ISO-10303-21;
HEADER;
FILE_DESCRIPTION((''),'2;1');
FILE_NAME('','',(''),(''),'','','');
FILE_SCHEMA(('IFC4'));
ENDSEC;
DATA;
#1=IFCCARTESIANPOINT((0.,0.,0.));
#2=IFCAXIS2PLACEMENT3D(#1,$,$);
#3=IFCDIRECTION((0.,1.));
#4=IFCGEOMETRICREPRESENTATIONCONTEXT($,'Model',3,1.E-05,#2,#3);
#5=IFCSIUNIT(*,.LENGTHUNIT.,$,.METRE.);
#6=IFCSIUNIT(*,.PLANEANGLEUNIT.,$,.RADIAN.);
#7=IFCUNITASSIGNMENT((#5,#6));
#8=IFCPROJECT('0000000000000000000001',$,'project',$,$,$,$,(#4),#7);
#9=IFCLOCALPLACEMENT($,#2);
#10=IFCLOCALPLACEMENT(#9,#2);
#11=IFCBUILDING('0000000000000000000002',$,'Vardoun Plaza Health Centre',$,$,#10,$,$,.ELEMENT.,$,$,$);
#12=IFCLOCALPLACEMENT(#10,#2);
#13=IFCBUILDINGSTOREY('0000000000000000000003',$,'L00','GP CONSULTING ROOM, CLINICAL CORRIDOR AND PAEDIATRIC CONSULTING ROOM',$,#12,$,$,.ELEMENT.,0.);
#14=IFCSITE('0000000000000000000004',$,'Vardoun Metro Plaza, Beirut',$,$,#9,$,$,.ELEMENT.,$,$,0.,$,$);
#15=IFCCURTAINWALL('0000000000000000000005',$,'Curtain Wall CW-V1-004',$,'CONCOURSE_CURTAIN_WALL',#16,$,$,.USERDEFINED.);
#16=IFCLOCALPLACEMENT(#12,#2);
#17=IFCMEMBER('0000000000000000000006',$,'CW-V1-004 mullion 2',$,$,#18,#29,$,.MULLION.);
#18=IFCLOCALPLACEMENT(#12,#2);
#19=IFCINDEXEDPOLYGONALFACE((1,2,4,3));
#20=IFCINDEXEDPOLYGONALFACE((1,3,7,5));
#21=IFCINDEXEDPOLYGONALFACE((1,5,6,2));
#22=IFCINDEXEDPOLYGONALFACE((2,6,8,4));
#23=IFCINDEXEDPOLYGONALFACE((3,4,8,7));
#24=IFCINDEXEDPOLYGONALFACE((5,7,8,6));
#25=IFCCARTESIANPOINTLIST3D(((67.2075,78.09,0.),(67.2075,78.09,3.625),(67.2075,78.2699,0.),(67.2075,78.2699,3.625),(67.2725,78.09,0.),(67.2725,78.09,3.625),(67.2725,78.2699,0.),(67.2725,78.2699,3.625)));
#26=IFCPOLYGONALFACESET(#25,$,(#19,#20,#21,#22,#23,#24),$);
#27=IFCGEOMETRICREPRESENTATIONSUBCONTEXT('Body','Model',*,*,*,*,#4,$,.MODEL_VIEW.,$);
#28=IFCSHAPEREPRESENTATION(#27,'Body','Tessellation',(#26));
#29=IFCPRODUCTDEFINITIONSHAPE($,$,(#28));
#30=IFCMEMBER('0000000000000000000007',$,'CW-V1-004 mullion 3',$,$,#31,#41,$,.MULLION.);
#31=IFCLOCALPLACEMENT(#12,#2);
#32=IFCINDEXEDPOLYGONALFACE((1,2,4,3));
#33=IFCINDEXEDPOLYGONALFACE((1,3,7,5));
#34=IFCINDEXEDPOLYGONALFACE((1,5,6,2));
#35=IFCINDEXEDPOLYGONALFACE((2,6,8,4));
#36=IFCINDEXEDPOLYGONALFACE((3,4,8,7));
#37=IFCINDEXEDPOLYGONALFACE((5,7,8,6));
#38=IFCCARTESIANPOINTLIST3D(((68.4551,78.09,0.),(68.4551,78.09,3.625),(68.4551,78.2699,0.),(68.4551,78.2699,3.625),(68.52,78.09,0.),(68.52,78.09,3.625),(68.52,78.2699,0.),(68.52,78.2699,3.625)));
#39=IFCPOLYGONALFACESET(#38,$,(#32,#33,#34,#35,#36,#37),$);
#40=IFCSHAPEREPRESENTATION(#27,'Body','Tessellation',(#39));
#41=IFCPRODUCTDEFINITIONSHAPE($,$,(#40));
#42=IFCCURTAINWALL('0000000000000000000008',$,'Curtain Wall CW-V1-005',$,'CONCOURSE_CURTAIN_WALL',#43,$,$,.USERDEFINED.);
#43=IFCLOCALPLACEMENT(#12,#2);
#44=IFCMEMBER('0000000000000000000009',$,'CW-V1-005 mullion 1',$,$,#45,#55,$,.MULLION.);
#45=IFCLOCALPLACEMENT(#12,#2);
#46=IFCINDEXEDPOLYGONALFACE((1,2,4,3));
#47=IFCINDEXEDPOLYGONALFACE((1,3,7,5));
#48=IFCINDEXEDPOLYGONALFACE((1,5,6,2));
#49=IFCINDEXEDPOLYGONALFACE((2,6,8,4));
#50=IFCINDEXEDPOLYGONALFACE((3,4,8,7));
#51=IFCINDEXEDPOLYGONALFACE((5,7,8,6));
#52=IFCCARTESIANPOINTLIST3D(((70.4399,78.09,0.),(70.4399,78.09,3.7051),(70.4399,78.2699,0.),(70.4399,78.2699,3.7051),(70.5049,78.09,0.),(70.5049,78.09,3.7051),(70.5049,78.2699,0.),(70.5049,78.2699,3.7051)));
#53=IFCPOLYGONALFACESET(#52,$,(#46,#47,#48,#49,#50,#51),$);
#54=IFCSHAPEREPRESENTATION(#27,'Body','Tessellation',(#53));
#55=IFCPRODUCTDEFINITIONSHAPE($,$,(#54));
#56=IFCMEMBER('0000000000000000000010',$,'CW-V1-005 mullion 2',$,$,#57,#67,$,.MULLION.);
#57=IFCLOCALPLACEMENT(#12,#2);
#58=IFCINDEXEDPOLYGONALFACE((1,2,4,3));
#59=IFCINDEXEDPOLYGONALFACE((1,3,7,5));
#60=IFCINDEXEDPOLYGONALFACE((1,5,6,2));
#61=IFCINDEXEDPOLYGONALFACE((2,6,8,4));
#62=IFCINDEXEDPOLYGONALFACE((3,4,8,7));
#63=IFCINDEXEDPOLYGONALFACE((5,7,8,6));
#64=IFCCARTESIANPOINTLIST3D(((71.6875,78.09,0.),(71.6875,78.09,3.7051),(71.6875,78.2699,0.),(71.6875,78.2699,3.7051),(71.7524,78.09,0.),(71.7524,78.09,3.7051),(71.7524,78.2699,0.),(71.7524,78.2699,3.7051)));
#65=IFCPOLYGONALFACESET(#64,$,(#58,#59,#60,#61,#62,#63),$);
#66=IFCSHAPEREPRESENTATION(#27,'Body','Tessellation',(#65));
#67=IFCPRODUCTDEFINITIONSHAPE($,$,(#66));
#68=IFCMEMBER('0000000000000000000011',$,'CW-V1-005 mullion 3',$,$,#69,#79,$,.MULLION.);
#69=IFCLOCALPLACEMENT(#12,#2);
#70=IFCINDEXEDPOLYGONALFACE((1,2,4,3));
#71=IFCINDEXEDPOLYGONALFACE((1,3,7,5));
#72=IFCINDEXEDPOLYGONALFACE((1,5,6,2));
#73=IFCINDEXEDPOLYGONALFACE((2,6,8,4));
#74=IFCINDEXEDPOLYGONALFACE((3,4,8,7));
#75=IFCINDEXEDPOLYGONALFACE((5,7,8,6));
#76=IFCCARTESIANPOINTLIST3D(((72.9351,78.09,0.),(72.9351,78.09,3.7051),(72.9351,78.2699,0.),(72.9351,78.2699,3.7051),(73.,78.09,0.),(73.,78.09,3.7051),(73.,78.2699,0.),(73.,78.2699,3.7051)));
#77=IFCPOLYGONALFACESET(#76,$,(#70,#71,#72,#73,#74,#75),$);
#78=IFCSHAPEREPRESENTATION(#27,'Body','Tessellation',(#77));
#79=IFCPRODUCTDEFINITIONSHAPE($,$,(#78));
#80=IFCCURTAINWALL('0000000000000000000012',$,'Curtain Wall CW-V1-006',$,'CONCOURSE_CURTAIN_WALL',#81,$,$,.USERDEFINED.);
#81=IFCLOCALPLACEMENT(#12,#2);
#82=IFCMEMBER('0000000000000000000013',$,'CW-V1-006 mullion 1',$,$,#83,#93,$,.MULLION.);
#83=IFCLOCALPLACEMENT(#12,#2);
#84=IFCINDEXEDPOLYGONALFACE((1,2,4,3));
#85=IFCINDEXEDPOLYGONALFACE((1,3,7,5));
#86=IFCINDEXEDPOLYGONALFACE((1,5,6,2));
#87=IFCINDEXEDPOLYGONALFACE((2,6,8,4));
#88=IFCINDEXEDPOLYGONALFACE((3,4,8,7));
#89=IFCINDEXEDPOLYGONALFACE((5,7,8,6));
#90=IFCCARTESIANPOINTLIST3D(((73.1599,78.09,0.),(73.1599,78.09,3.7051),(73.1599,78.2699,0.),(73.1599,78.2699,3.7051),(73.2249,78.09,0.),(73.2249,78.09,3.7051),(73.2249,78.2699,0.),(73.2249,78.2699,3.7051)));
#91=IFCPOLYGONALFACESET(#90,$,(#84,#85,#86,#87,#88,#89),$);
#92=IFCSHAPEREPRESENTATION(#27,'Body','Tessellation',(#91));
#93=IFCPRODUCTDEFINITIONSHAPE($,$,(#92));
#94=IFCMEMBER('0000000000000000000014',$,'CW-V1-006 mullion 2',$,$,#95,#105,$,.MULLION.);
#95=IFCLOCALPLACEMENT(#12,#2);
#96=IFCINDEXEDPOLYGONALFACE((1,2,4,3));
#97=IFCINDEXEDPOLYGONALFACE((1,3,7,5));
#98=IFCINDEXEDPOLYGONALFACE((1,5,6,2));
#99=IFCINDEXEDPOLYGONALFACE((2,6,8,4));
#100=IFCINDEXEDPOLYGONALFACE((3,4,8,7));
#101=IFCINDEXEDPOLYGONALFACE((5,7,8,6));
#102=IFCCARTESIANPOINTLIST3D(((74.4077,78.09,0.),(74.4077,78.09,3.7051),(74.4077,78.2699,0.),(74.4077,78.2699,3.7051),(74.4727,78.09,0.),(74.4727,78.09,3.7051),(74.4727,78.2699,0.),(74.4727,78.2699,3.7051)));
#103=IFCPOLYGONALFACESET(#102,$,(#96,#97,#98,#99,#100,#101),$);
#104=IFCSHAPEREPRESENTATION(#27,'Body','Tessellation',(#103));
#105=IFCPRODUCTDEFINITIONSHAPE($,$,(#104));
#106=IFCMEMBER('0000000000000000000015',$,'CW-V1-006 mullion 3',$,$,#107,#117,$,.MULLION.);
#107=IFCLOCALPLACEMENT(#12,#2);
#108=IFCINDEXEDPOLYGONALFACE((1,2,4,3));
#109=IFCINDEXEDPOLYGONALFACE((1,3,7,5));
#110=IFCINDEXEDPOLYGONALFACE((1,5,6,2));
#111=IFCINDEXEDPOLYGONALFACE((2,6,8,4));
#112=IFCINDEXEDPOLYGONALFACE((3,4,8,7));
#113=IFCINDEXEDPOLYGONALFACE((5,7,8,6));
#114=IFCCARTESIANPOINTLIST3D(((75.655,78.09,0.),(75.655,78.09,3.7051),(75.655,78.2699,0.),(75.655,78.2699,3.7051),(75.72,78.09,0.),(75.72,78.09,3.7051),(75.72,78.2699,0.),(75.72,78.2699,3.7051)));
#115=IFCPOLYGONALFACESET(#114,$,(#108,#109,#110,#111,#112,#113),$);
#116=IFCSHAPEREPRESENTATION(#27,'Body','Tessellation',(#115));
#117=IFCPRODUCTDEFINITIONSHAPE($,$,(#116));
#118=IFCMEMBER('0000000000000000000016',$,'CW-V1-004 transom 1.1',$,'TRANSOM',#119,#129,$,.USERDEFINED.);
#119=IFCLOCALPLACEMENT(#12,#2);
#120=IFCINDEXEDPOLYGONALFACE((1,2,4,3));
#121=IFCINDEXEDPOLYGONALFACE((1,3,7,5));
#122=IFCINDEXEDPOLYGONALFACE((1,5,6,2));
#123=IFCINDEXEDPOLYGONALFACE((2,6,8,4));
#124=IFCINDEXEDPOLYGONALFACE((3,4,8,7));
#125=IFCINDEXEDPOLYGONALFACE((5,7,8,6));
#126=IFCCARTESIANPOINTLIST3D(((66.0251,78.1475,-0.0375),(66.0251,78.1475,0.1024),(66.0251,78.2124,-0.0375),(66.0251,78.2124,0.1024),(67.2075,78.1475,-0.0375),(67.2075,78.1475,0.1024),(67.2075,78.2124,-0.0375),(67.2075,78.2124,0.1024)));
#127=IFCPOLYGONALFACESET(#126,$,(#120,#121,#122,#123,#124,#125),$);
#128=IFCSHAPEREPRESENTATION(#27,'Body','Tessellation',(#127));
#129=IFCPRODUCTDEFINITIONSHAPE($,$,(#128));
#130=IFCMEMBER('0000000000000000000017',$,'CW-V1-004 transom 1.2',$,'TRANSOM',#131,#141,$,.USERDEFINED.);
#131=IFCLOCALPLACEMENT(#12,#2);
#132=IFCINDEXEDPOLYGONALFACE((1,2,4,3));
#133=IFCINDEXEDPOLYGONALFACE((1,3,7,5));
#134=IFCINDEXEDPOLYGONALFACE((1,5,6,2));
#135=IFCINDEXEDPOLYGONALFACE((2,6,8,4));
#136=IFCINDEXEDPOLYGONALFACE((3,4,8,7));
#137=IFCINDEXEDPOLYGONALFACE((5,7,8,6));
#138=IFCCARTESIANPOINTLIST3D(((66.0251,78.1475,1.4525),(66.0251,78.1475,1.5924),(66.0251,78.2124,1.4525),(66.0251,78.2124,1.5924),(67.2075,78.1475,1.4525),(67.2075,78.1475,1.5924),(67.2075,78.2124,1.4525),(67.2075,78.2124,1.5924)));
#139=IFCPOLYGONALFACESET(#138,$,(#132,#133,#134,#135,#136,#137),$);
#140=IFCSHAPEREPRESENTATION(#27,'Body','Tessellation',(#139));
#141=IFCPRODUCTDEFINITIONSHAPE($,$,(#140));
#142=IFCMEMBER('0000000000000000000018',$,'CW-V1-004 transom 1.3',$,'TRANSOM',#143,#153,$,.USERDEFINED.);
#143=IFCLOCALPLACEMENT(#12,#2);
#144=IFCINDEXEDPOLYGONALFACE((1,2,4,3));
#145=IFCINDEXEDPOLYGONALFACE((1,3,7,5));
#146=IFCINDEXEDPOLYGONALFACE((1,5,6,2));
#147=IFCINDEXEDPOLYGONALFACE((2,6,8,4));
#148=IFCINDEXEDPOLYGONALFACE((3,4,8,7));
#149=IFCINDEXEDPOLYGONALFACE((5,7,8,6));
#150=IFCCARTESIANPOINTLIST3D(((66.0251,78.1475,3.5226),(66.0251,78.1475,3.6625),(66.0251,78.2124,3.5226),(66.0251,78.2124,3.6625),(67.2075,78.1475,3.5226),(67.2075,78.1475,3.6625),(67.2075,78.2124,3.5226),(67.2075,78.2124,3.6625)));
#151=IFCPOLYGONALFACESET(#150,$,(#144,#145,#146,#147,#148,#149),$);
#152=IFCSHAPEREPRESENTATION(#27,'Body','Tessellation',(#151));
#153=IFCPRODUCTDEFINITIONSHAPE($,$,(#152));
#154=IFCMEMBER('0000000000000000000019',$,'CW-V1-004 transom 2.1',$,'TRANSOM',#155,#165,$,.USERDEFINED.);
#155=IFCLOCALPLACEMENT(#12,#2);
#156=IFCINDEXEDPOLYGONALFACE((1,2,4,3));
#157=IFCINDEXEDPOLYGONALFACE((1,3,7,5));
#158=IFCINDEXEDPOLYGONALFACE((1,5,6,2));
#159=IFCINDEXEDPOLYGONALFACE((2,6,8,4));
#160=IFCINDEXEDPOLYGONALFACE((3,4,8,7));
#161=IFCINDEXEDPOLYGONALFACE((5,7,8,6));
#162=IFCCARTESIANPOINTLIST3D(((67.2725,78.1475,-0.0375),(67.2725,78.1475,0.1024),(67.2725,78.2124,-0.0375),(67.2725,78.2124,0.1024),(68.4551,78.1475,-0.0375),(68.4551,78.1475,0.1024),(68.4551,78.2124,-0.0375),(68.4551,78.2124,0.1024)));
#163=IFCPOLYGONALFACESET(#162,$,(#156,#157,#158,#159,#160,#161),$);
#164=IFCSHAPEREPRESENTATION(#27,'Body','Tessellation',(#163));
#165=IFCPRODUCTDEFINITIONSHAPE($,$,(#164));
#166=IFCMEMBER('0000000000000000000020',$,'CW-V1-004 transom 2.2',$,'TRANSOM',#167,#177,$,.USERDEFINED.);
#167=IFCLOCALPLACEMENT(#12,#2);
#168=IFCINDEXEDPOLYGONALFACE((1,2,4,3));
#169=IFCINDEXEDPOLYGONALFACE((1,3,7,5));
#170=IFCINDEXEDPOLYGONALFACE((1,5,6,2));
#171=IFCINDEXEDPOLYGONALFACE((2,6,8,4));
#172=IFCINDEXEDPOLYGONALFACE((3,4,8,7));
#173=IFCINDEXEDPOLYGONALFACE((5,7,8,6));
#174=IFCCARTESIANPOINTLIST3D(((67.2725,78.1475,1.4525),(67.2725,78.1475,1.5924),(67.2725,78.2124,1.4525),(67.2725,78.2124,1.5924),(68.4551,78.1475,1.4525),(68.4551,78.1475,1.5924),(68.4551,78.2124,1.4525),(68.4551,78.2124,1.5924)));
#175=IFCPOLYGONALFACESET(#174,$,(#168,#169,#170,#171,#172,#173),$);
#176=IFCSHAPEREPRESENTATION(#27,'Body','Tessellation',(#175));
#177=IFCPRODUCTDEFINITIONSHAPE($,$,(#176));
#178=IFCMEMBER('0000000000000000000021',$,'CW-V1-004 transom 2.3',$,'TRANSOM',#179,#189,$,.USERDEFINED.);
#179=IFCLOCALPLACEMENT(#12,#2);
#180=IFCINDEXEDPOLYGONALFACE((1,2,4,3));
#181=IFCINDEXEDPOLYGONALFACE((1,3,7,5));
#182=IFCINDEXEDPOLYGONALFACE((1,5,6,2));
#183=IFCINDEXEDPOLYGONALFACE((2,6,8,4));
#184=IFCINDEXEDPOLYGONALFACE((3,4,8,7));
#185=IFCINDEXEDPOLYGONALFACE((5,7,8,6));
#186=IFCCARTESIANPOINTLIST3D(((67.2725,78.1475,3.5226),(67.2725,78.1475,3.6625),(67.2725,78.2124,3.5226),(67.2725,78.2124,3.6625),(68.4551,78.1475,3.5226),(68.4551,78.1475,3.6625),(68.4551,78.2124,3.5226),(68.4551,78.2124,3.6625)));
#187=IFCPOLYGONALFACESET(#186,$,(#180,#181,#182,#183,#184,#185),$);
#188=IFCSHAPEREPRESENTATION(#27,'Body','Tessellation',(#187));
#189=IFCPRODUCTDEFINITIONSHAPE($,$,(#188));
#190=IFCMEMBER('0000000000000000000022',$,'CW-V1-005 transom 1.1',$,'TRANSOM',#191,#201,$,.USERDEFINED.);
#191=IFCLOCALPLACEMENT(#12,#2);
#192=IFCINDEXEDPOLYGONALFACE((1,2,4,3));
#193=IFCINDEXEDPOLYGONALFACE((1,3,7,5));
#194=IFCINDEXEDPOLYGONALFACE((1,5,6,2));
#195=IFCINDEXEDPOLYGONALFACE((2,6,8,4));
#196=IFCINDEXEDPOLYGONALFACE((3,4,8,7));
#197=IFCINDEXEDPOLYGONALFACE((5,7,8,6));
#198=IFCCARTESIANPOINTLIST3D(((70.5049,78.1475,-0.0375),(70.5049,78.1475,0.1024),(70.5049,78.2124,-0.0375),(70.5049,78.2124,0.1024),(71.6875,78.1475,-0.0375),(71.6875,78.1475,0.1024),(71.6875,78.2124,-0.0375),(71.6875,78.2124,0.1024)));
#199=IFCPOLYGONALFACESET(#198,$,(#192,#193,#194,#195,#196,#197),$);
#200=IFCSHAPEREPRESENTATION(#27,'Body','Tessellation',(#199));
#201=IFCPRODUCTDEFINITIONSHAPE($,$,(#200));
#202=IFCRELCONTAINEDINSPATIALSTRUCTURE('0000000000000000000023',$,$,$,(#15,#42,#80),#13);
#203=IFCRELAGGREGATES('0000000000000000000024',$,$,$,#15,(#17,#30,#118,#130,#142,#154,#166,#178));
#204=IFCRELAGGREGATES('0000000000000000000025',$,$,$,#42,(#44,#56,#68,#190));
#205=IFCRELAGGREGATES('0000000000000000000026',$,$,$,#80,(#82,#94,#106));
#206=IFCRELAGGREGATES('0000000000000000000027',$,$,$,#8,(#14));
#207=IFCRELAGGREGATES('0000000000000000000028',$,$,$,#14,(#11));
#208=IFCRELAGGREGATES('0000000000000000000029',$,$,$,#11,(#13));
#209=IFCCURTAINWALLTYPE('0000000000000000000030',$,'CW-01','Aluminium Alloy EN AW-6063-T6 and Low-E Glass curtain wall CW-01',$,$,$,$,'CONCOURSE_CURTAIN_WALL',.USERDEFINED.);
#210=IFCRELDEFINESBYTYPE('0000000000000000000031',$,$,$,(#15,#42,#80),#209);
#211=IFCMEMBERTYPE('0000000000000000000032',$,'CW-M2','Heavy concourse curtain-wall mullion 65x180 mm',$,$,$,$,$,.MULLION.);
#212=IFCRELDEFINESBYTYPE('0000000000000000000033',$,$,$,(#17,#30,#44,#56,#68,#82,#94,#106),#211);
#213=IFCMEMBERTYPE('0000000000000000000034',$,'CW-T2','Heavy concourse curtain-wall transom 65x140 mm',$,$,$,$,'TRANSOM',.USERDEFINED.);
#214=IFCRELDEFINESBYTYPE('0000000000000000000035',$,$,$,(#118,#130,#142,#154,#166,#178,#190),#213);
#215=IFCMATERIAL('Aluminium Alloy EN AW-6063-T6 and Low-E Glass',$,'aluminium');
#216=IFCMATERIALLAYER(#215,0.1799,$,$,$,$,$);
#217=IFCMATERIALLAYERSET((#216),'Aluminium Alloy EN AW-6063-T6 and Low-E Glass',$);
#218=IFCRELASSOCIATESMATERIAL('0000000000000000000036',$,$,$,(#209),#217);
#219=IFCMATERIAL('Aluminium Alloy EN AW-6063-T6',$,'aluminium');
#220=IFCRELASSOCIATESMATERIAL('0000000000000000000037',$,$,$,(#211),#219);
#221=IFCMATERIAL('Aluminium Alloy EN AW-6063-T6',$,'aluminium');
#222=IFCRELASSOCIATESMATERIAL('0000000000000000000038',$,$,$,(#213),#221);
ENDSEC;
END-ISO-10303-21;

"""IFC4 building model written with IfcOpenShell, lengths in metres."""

from ifc_helpers import new_model, si_unit, direction, frame, origin, origin_2d, place, context, subcontext, project, spatial, rectangle, extrude, material, layer, layer_set, material_profile, profile_set, type_object, element, aggregate, save


model = new_model("IFC4")

# Units and contexts
model_context = context("Model", 3, precision=1e-05, world=origin(), true_north=direction((0.0, 1.0)))
body_context = subcontext(model_context, "Body", "Model", "MODEL_VIEW")
ifc_project = project(units=[si_unit("LENGTHUNIT", "METRE"), si_unit("PLANEANGLEUNIT", "RADIAN")], contexts=[model_context])

# Site, building, storey
site_placement = place(None, origin())
site = spatial("IfcSite", under=ifc_project, at=site_placement, Name="Vardoun Metro Plaza, Beirut", CompositionType="ELEMENT", RefElevation=0.0)
building_placement = place(site_placement, origin())
building = spatial("IfcBuilding", under=site, at=building_placement, Name="Vardoun Plaza Health Centre", CompositionType="ELEMENT")
storey_placement = place(building_placement, origin())
storey = spatial("IfcBuildingStorey", under=building, at=storey_placement, Name="L00", Description="GP CONSULTING ROOM, CLINICAL CORRIDOR AND PAEDIATRIC CONSULTING ROOM", CompositionType="ELEMENT", Elevation=0.0)

# Curtain walls, members
ifc_material_1 = material(Name="Aluminium Alloy EN AW-6063-T6 and Low-E Glass", Category="aluminium")
ifc_layer_1 = layer(ifc_material_1, 0.1799)
ifc_layer_set_1 = layer_set([ifc_layer_1], Name="Aluminium Alloy EN AW-6063-T6 and Low-E Glass")
curtain_wall_type = type_object("IfcCurtainWallType", Name="CW-01", Description="Aluminium Alloy EN AW-6063-T6 and Low-E Glass curtain wall CW-01", ElementType="CONCOURSE_CURTAIN_WALL", PredefinedType="USERDEFINED", material=ifc_layer_set_1)
curtain_wall_1_placement = place(storey_placement, origin())
curtain_wall_1 = element("IfcCurtainWall", 1, at=curtain_wall_1_placement, inside=storey, type_object=curtain_wall_type, Name="Curtain Wall CW-V1-004", ObjectType="CONCOURSE_CURTAIN_WALL", PredefinedType="USERDEFINED")
ifc_material_2 = material(Name="Aluminium Alloy EN AW-6063-T6", Category="aluminium")
ifc_material_profile_1 = material_profile(ifc_material_2, rectangle(XDim=0.1799, YDim=0.0649, at=origin_2d()), Name="CWM 65x180")
ifc_profile_set_1 = profile_set([ifc_material_profile_1], Name="Aluminium Alloy EN AW-6063-T6")
member_type_1 = type_object("IfcMemberType", Name="CW-M2", Description="Heavy concourse curtain-wall mullion 65x180 mm", PredefinedType="MULLION", material=ifc_profile_set_1)
member_1_placement = place(storey_placement, frame((67.24, 78.1799, 0.0), z_axis=(0.0, 0.0, 1.0), x_axis=(0.0, 1.0, 0.0)))
member_1 = element("IfcMember", 2, at=member_1_placement, type_object=member_type_1, Name="CW-V1-004 mullion 2", PredefinedType="MULLION", context=body_context, shape_type="SweptSolid", body=[
    extrude(rectangle(XDim=0.1799, YDim=0.0649, at=origin_2d()), origin(), (0.0, 0.0, 1.0), 3.625),
])
member_2_placement = place(storey_placement, frame((68.4875, 78.1799, 0.0), z_axis=(0.0, 0.0, 1.0), x_axis=(0.0, 1.0, 0.0)))
member_2 = element("IfcMember", 3, at=member_2_placement, type_object=member_type_1, Name="CW-V1-004 mullion 3", PredefinedType="MULLION", context=body_context, shape_type="SweptSolid", body=[
    extrude(rectangle(XDim=0.1799, YDim=0.0649, at=origin_2d()), origin(), (0.0, 0.0, 1.0), 3.625),
])
curtain_wall_2_placement = place(storey_placement, origin())
curtain_wall_2 = element("IfcCurtainWall", 4, at=curtain_wall_2_placement, inside=storey, type_object=curtain_wall_type, Name="Curtain Wall CW-V1-005", ObjectType="CONCOURSE_CURTAIN_WALL", PredefinedType="USERDEFINED")
member_3_placement = place(storey_placement, frame((70.4724, 78.1799, 0.0), z_axis=(0.0, 0.0, 1.0), x_axis=(0.0, 1.0, 0.0)))
member_3 = element("IfcMember", 5, at=member_3_placement, type_object=member_type_1, Name="CW-V1-005 mullion 1", PredefinedType="MULLION", context=body_context, shape_type="SweptSolid", body=[
    extrude(rectangle(XDim=0.1799, YDim=0.0649, at=origin_2d()), origin(), (0.0, 0.0, 1.0), 3.7051),
])
member_4_placement = place(storey_placement, frame((71.72, 78.1799, 0.0), z_axis=(0.0, 0.0, 1.0), x_axis=(0.0, 1.0, 0.0)))
member_4 = element("IfcMember", 6, at=member_4_placement, type_object=member_type_1, Name="CW-V1-005 mullion 2", PredefinedType="MULLION", context=body_context, shape_type="SweptSolid", body=[
    extrude(rectangle(XDim=0.1799, YDim=0.0649, at=origin_2d()), origin(), (0.0, 0.0, 1.0), 3.7051),
])
member_5_placement = place(storey_placement, frame((72.9675, 78.1799, 0.0), z_axis=(0.0, 0.0, 1.0), x_axis=(0.0, 1.0, 0.0)))
member_5 = element("IfcMember", 7, at=member_5_placement, type_object=member_type_1, Name="CW-V1-005 mullion 3", PredefinedType="MULLION", context=body_context, shape_type="SweptSolid", body=[
    extrude(rectangle(XDim=0.1799, YDim=0.0649, at=origin_2d()), origin(), (0.0, 0.0, 1.0), 3.7051),
])
curtain_wall_3_placement = place(storey_placement, origin())
curtain_wall_3 = element("IfcCurtainWall", 8, at=curtain_wall_3_placement, inside=storey, type_object=curtain_wall_type, Name="Curtain Wall CW-V1-006", ObjectType="CONCOURSE_CURTAIN_WALL", PredefinedType="USERDEFINED")
member_6_placement = place(storey_placement, frame((73.1924, 78.1799, 0.0), z_axis=(0.0, 0.0, 1.0), x_axis=(0.0, 1.0, 0.0)))
member_6 = element("IfcMember", 9, at=member_6_placement, type_object=member_type_1, Name="CW-V1-006 mullion 1", PredefinedType="MULLION", context=body_context, shape_type="SweptSolid", body=[
    extrude(rectangle(XDim=0.1799, YDim=0.0649, at=origin_2d()), origin(), (0.0, 0.0, 1.0), 3.7051),
])
member_7_placement = place(storey_placement, frame((74.4402, 78.1799, 0.0), z_axis=(0.0, 0.0, 1.0), x_axis=(0.0, 1.0, 0.0)))
member_7 = element("IfcMember", 10, at=member_7_placement, type_object=member_type_1, Name="CW-V1-006 mullion 2", PredefinedType="MULLION", context=body_context, shape_type="SweptSolid", body=[
    extrude(rectangle(XDim=0.1799, YDim=0.0649, at=origin_2d()), origin(), (0.0, 0.0, 1.0), 3.7051),
])
member_8_placement = place(storey_placement, frame((75.6875, 78.1799, 0.0), z_axis=(0.0, 0.0, 1.0), x_axis=(0.0, 1.0, 0.0)))
member_8 = element("IfcMember", 11, at=member_8_placement, type_object=member_type_1, Name="CW-V1-006 mullion 3", PredefinedType="MULLION", context=body_context, shape_type="SweptSolid", body=[
    extrude(rectangle(XDim=0.1799, YDim=0.0649, at=origin_2d()), origin(), (0.0, 0.0, 1.0), 3.7051),
])

# Members
ifc_material_3 = material(Name="Aluminium Alloy EN AW-6063-T6", Category="aluminium")
ifc_material_profile_2 = material_profile(ifc_material_3, rectangle(XDim=0.0649, YDim=0.1399, at=origin_2d()), Name="CWT 65x140")
ifc_profile_set_2 = profile_set([ifc_material_profile_2], Name="Aluminium Alloy EN AW-6063-T6")
member_type_2 = type_object("IfcMemberType", Name="CW-T2", Description="Heavy concourse curtain-wall transom 65x140 mm", ElementType="TRANSOM", PredefinedType="USERDEFINED", material=ifc_profile_set_2)
member_9_placement = place(storey_placement, frame((66.0251, 78.1799, 0.0325), z_axis=(1.0, 0.0, 0.0), x_axis=(0.0, 1.0, 0.0)))
member_9 = element("IfcMember", 12, at=member_9_placement, type_object=member_type_2, Name="CW-V1-004 transom 1.1", ObjectType="TRANSOM", PredefinedType="USERDEFINED", context=body_context, shape_type="SweptSolid", body=[
    extrude(rectangle(XDim=0.0649, YDim=0.1399, at=origin_2d()), origin(), (0.0, 0.0, 1.0), 1.1824),
])
member_10_placement = place(storey_placement, frame((66.0251, 78.1799, 1.5225), z_axis=(1.0, 0.0, 0.0), x_axis=(0.0, 1.0, 0.0)))
member_10 = element("IfcMember", 13, at=member_10_placement, type_object=member_type_2, Name="CW-V1-004 transom 1.2", ObjectType="TRANSOM", PredefinedType="USERDEFINED", context=body_context, shape_type="SweptSolid", body=[
    extrude(rectangle(XDim=0.0649, YDim=0.1399, at=origin_2d()), origin(), (0.0, 0.0, 1.0), 1.1824),
])
member_11_placement = place(storey_placement, frame((66.0251, 78.1799, 3.5925), z_axis=(1.0, 0.0, 0.0), x_axis=(0.0, 1.0, 0.0)))
member_11 = element("IfcMember", 14, at=member_11_placement, type_object=member_type_2, Name="CW-V1-004 transom 1.3", ObjectType="TRANSOM", PredefinedType="USERDEFINED", context=body_context, shape_type="SweptSolid", body=[
    extrude(rectangle(XDim=0.0649, YDim=0.1399, at=origin_2d()), origin(), (0.0, 0.0, 1.0), 1.1824),
])
member_12_placement = place(storey_placement, frame((67.2725, 78.1799, 0.0325), z_axis=(1.0, 0.0, 0.0), x_axis=(0.0, 1.0, 0.0)))
member_12 = element("IfcMember", 15, at=member_12_placement, type_object=member_type_2, Name="CW-V1-004 transom 2.1", ObjectType="TRANSOM", PredefinedType="USERDEFINED", context=body_context, shape_type="SweptSolid", body=[
    extrude(rectangle(XDim=0.0649, YDim=0.1399, at=origin_2d()), origin(), (0.0, 0.0, 1.0), 1.1826),
])
member_13_placement = place(storey_placement, frame((67.2725, 78.1799, 1.5225), z_axis=(1.0, 0.0, 0.0), x_axis=(0.0, 1.0, 0.0)))
member_13 = element("IfcMember", 16, at=member_13_placement, type_object=member_type_2, Name="CW-V1-004 transom 2.2", ObjectType="TRANSOM", PredefinedType="USERDEFINED", context=body_context, shape_type="SweptSolid", body=[
    extrude(rectangle(XDim=0.0649, YDim=0.1399, at=origin_2d()), origin(), (0.0, 0.0, 1.0), 1.1826),
])
member_14_placement = place(storey_placement, frame((67.2725, 78.1799, 3.5925), z_axis=(1.0, 0.0, 0.0), x_axis=(0.0, 1.0, 0.0)))
member_14 = element("IfcMember", 17, at=member_14_placement, type_object=member_type_2, Name="CW-V1-004 transom 2.3", ObjectType="TRANSOM", PredefinedType="USERDEFINED", context=body_context, shape_type="SweptSolid", body=[
    extrude(rectangle(XDim=0.0649, YDim=0.1399, at=origin_2d()), origin(), (0.0, 0.0, 1.0), 1.1826),
])
member_15_placement = place(storey_placement, frame((70.5049, 78.1799, 0.0325), z_axis=(1.0, 0.0, 0.0), x_axis=(0.0, 1.0, 0.0)))
member_15 = element("IfcMember", 18, at=member_15_placement, type_object=member_type_2, Name="CW-V1-005 transom 1.1", ObjectType="TRANSOM", PredefinedType="USERDEFINED", context=body_context, shape_type="SweptSolid", body=[
    extrude(rectangle(XDim=0.0649, YDim=0.1399, at=origin_2d()), origin(), (0.0, 0.0, 1.0), 1.1826),
])

aggregate(curtain_wall_1, [member_1, member_2, member_9, member_10, member_11, member_12, member_13, member_14])
aggregate(curtain_wall_2, [member_3, member_4, member_5, member_15])
aggregate(curtain_wall_3, [member_6, member_7, member_8])

save(model, "model.ifc")
